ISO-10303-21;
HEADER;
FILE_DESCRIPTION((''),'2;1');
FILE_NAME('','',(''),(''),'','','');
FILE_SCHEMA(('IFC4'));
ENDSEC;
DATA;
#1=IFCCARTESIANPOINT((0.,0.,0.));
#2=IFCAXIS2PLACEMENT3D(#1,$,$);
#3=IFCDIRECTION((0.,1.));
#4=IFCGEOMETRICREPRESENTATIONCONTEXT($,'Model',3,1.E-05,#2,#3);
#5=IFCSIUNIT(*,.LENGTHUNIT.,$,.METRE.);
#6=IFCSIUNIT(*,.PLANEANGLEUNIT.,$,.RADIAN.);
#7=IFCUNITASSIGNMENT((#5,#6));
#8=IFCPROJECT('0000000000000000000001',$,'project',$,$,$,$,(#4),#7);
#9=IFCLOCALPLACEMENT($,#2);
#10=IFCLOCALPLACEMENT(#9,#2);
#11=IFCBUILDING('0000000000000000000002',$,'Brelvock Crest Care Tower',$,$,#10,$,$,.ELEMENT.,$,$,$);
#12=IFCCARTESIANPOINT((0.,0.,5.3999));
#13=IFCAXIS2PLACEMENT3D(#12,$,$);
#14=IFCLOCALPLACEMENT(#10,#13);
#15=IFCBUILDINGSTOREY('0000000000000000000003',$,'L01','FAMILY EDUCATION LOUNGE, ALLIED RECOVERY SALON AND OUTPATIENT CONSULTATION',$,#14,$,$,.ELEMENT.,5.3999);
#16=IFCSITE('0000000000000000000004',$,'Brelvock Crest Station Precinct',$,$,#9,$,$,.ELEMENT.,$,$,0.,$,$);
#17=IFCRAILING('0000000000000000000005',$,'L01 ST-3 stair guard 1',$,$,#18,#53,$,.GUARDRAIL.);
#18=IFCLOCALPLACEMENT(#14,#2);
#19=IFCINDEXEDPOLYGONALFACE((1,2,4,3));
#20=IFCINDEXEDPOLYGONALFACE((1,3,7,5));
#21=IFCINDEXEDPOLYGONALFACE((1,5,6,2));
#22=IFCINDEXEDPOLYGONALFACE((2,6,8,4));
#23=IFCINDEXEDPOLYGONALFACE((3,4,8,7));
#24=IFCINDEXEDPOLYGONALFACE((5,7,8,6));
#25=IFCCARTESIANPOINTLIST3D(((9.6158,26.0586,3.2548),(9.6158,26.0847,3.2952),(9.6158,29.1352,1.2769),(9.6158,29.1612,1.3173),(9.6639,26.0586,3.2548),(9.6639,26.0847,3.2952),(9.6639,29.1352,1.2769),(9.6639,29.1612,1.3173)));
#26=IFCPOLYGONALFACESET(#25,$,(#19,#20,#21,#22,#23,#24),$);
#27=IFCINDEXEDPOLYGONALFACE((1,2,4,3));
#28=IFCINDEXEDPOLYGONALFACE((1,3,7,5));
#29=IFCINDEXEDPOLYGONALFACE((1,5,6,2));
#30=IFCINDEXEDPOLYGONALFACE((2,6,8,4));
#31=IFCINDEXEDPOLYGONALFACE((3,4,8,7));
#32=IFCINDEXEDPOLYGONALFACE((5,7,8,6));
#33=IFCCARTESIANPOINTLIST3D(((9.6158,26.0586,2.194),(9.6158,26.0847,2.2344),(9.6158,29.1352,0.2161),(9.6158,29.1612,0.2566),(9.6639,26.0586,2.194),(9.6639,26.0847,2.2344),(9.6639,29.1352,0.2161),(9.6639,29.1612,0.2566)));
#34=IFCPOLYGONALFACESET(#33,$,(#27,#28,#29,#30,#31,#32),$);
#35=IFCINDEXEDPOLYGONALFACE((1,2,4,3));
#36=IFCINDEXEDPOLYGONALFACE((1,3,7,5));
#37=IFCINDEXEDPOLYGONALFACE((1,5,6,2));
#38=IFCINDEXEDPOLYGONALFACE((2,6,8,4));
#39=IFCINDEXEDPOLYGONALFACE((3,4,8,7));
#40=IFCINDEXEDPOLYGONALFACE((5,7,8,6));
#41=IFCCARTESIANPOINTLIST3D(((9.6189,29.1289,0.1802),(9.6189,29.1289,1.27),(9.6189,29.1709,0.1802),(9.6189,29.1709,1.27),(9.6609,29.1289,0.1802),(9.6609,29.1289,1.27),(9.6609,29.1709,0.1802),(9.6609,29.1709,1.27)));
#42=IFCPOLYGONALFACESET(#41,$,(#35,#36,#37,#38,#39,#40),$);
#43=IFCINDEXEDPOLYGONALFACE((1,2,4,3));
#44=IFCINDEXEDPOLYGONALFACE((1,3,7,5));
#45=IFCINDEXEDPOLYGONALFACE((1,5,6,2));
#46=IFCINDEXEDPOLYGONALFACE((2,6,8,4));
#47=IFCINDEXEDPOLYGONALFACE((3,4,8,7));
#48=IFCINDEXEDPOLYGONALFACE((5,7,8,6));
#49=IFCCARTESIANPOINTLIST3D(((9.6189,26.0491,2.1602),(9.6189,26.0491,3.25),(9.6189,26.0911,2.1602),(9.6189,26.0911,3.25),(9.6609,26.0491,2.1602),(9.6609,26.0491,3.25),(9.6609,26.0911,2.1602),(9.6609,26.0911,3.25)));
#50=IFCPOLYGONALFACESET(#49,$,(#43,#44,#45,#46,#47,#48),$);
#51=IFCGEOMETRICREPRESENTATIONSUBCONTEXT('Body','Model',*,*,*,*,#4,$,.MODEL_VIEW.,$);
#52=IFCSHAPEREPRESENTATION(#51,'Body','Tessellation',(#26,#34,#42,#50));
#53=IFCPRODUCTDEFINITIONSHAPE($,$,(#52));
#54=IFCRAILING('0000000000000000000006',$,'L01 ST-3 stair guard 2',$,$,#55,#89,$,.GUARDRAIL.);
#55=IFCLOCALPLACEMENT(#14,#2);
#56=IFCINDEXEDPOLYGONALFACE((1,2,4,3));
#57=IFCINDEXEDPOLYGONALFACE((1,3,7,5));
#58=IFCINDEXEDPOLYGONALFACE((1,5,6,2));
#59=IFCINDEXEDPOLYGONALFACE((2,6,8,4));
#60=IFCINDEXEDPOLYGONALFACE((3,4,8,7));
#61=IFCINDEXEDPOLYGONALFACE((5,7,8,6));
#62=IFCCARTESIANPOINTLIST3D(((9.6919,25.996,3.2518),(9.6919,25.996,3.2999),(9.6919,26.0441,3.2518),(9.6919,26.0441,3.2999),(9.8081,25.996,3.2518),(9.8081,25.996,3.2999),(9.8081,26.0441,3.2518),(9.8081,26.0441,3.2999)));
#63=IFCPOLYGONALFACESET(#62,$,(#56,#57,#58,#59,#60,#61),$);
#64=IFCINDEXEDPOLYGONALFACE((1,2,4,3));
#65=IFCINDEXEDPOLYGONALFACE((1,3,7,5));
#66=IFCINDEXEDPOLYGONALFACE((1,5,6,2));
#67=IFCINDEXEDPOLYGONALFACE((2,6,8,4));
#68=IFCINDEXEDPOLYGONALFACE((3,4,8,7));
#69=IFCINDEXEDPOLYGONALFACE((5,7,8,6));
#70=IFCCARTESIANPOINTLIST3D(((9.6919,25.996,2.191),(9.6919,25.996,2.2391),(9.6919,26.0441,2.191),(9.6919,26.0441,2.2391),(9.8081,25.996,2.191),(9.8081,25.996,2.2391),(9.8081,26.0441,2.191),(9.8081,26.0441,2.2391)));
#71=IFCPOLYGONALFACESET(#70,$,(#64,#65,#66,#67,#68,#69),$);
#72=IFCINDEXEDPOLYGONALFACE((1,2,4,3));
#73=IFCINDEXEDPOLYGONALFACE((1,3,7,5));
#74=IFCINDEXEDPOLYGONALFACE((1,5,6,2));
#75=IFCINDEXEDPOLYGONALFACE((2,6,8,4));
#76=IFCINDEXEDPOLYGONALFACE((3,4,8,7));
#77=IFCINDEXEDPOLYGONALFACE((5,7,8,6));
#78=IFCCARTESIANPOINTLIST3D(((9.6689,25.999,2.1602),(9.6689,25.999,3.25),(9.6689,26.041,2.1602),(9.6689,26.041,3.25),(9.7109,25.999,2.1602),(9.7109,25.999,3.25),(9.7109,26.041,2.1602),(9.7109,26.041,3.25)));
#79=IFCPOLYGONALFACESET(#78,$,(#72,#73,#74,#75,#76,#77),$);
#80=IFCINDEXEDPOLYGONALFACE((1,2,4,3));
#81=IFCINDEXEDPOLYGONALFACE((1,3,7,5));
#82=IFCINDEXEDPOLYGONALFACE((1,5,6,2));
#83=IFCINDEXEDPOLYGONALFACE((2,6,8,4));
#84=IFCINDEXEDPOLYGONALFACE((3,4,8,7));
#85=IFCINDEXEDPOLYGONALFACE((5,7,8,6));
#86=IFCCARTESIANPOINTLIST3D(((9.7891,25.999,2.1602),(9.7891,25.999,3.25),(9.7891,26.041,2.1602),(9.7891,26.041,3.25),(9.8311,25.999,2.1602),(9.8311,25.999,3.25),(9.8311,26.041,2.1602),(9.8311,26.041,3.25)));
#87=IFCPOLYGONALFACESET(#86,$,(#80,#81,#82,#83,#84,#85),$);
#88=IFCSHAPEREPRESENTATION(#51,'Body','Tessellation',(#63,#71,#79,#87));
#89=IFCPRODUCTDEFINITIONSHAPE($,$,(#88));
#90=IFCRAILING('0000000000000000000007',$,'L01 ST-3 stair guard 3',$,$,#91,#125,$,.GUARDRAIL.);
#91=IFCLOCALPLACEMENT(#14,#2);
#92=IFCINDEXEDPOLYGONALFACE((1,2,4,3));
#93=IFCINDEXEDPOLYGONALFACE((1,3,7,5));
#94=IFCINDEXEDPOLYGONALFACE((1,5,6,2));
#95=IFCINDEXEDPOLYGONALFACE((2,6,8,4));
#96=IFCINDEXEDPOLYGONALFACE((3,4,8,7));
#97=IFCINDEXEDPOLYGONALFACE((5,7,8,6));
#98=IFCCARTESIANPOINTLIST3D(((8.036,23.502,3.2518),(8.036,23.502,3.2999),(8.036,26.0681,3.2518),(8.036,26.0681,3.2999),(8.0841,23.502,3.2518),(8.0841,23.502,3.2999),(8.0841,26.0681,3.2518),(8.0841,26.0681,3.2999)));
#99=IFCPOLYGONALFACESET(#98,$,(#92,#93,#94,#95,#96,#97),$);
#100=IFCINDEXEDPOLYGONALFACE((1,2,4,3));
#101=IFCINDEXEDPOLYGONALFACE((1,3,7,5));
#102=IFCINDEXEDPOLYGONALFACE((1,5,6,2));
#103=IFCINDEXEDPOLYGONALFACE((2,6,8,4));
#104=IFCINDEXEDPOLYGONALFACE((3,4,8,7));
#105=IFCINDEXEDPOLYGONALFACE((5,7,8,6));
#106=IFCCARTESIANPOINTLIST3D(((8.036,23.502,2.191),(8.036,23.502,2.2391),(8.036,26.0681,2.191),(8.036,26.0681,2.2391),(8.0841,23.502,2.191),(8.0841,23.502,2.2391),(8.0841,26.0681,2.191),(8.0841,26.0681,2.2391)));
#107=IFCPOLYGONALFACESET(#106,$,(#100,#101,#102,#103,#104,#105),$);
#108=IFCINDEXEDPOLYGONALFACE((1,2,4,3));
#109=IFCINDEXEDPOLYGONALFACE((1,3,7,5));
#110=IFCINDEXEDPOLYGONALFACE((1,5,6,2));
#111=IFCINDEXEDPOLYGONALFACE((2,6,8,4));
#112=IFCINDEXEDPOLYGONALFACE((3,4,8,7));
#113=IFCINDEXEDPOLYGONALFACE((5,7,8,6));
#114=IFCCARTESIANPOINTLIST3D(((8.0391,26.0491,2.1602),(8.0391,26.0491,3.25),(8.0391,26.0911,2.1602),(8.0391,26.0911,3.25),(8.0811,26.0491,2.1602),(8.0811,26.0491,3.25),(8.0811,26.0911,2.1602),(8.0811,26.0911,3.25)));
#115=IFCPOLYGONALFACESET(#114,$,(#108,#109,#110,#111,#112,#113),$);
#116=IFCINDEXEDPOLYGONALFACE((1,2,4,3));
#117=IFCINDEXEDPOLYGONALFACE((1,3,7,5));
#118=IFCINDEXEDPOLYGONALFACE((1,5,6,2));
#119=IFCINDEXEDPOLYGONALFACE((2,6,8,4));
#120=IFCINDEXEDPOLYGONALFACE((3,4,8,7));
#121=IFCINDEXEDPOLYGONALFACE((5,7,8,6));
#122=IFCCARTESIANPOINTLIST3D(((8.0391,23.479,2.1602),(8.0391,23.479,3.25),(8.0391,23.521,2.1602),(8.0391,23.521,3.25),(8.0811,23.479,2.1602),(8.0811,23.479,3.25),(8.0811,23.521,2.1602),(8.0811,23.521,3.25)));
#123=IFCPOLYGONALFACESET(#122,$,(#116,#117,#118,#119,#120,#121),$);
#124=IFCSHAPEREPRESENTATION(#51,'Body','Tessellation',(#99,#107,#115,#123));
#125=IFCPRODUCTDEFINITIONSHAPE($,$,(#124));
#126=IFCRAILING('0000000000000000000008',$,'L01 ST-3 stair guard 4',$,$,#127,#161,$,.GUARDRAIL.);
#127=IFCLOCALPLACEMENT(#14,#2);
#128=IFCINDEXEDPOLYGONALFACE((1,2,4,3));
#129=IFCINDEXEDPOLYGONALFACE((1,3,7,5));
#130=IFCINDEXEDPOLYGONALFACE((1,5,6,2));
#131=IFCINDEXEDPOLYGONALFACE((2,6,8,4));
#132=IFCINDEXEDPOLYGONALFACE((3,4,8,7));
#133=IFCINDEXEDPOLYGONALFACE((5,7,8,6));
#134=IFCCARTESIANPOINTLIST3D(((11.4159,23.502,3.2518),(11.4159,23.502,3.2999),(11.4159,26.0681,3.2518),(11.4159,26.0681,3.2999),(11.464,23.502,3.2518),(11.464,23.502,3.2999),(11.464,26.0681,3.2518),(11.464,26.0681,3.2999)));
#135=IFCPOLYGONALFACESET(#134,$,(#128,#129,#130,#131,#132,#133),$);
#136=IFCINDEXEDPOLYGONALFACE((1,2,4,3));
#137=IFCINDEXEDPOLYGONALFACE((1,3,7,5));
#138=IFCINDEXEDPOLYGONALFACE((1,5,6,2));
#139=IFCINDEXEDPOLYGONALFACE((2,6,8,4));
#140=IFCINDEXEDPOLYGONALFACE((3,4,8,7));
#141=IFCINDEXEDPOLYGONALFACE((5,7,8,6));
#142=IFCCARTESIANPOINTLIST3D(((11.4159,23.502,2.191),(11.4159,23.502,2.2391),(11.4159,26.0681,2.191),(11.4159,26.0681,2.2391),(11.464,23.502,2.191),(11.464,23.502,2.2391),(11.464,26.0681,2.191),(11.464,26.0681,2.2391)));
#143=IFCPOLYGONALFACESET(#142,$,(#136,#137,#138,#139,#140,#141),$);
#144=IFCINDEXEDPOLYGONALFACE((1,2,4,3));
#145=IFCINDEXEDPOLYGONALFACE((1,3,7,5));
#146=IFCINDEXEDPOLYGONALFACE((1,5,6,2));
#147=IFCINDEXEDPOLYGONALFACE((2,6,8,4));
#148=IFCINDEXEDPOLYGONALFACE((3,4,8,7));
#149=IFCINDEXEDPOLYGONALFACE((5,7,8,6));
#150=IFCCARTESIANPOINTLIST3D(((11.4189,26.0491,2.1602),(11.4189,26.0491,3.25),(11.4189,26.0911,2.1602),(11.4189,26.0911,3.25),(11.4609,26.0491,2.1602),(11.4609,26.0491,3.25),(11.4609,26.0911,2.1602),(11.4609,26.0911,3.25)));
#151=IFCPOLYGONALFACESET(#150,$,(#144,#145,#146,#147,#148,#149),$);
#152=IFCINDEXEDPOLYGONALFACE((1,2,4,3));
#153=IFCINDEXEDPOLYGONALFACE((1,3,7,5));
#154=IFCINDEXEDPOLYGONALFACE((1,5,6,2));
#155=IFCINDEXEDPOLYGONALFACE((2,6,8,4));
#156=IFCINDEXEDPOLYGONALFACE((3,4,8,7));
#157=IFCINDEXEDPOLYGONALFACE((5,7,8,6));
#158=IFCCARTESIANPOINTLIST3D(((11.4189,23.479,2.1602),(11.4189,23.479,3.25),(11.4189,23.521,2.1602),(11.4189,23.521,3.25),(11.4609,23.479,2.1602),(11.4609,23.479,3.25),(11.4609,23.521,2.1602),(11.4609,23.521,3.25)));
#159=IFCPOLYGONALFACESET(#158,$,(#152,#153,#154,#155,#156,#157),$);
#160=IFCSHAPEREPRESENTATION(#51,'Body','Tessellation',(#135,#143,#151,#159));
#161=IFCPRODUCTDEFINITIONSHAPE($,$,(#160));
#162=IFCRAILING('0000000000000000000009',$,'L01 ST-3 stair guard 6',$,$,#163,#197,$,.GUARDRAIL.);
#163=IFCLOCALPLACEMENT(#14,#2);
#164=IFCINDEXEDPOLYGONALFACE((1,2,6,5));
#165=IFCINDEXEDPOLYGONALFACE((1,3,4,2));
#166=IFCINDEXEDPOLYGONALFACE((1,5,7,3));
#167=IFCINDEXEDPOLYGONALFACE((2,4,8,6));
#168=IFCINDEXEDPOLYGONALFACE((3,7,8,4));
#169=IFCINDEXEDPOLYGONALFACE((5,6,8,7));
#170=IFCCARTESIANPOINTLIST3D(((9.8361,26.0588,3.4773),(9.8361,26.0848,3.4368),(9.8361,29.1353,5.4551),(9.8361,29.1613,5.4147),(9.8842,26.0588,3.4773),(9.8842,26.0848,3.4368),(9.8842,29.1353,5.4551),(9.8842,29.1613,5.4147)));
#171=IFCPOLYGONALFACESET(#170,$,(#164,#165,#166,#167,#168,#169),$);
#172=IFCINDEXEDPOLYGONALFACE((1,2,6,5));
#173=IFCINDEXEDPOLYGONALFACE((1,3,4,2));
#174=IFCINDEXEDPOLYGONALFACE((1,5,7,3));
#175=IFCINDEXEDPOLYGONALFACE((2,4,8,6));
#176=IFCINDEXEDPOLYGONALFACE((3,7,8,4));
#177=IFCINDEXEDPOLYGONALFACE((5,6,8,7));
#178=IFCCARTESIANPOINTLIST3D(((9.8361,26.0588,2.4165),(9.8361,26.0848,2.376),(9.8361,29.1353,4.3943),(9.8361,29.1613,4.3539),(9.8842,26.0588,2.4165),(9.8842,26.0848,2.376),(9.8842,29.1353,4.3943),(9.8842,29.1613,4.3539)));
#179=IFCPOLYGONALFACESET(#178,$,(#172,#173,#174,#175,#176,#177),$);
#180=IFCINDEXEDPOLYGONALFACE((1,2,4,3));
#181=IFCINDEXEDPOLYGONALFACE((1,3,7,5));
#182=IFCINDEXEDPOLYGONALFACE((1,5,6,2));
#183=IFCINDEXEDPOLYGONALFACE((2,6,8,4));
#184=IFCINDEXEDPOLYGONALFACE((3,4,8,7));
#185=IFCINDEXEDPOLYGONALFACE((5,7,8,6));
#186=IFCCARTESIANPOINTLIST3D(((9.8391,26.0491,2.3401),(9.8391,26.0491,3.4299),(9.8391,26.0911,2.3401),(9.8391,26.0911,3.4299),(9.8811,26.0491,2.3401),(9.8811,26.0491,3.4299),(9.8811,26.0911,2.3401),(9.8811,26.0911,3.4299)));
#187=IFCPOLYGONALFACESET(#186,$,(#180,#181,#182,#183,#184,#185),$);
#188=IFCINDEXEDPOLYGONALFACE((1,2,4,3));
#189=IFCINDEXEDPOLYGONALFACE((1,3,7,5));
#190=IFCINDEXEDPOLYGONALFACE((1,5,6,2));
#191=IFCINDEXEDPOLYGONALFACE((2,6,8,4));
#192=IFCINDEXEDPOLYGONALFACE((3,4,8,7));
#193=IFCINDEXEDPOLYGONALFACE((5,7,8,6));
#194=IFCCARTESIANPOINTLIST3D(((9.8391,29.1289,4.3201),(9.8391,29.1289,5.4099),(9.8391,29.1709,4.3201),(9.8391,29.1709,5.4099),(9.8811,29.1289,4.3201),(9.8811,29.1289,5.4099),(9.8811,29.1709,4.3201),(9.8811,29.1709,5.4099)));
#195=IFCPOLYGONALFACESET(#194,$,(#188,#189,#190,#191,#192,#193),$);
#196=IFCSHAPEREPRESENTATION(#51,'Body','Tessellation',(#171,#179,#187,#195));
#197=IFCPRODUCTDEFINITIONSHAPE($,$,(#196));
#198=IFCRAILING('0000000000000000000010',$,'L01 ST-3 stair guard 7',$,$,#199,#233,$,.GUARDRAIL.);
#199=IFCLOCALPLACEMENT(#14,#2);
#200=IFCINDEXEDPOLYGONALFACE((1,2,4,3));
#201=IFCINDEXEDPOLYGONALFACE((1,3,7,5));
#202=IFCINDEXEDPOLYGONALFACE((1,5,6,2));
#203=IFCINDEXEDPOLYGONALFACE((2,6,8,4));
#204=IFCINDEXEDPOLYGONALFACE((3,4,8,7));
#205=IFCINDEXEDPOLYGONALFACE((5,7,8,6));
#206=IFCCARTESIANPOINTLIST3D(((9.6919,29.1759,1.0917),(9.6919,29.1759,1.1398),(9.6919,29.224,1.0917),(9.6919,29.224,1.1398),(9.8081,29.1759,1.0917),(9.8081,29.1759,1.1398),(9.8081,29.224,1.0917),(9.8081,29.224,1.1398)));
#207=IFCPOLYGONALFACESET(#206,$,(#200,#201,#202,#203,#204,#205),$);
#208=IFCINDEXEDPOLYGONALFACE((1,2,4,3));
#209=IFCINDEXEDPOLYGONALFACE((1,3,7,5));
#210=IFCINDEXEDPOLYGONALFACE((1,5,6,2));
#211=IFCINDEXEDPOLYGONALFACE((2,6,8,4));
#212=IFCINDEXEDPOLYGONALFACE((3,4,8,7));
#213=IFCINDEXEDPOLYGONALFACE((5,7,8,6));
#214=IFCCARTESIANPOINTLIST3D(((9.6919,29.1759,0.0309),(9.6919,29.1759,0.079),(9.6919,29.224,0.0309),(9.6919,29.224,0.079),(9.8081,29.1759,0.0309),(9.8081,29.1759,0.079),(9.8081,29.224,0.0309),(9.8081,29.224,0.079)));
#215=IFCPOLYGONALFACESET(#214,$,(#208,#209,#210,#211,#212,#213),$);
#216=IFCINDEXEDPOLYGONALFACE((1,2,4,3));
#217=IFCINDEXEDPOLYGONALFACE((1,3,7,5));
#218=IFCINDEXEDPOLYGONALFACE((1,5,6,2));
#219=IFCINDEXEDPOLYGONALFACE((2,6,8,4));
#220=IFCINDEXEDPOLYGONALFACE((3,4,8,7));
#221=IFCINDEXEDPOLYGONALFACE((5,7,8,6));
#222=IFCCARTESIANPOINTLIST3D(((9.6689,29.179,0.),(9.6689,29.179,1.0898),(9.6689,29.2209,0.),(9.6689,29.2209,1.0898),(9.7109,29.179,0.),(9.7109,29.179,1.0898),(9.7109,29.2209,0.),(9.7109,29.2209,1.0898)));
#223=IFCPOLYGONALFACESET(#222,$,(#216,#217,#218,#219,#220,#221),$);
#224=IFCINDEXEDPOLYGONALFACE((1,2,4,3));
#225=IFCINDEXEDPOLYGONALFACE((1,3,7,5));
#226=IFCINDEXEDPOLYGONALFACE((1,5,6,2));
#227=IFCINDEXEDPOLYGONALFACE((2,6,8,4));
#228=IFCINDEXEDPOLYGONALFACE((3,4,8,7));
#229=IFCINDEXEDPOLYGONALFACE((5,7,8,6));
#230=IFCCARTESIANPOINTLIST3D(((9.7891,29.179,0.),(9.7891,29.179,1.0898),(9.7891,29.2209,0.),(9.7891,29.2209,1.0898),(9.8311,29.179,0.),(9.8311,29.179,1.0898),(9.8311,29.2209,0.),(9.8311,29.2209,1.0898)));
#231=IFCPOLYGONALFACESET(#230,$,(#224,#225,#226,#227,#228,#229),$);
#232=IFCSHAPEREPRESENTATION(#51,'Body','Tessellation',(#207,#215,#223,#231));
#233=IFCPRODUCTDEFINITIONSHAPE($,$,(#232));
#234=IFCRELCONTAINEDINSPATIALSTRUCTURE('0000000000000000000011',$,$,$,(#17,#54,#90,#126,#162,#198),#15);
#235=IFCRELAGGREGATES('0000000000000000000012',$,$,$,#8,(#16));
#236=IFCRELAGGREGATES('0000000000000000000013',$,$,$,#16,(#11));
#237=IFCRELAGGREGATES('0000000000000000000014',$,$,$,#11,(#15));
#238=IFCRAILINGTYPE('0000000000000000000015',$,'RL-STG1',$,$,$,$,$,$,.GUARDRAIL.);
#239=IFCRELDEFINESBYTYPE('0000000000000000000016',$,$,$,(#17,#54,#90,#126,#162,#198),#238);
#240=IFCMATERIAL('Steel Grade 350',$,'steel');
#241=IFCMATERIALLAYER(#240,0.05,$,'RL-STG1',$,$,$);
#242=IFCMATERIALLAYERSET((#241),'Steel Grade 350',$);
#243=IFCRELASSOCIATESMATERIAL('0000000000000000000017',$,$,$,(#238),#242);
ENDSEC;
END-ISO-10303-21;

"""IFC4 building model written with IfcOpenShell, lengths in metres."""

from ifc_helpers import new_model, si_unit, direction, frame, origin, origin_2d, place, context, subcontext, project, spatial, rectangle, extrude, material, layer, layer_set, type_object, element, save


model = new_model("IFC4")

# Units and contexts
model_context = context("Model", 3, precision=1e-05, world=origin(), true_north=direction((0.0, 1.0)))
body_context = subcontext(model_context, "Body", "Model", "MODEL_VIEW")
ifc_project = project(units=[si_unit("LENGTHUNIT", "METRE"), si_unit("PLANEANGLEUNIT", "RADIAN")], contexts=[model_context])

# Site, building, storey
site_placement = place(None, origin())
site = spatial("IfcSite", under=ifc_project, at=site_placement, Name="Brelvock Crest Station Precinct", CompositionType="ELEMENT", RefElevation=0.0)
building_placement = place(site_placement, origin())
building = spatial("IfcBuilding", under=site, at=building_placement, Name="Brelvock Crest Care Tower", CompositionType="ELEMENT")
storey_placement = place(building_placement, frame((0.0, 0.0, 5.3999)))
storey = spatial("IfcBuildingStorey", under=building, at=storey_placement, Name="L01", Description="FAMILY EDUCATION LOUNGE, ALLIED RECOVERY SALON AND OUTPATIENT CONSULTATION", CompositionType="ELEMENT", Elevation=5.3999)

# Railings
ifc_material_1 = material(Name="Steel Grade 350", Category="steel")
ifc_layer_1 = layer(ifc_material_1, 0.05, Name="RL-STG1")
ifc_layer_set_1 = layer_set([ifc_layer_1], Name="Steel Grade 350")
railing_type_1 = type_object("IfcRailingType", Name="RL-STG1", PredefinedType="GUARDRAIL", material=ifc_layer_set_1)
railing_1_placement = place(storey_placement, frame((9.6399, 29.1499, 0.1802)))
element("IfcRailing", 1, at=railing_1_placement, inside=storey, type_object=railing_type_1, Name="L01 ST-3 stair guard 1", PredefinedType="GUARDRAIL", context=body_context, shape_type="SweptSolid", body=[
    extrude(rectangle(XDim=0.0481, YDim=0.0481, at=origin_2d()), frame((0.0, -0.0017, 1.1169), z_axis=(0.0, -0.841168, 0.540774), x_axis=(1.0, 0.0, 0.0)), (0.0, 0.0, 1.0), 3.6575),
    extrude(rectangle(XDim=0.0481, YDim=0.0481, at=origin_2d()), frame((0.0, -0.0017, 0.0562), z_axis=(0.0, -0.841168, 0.540774), x_axis=(1.0, 0.0, 0.0)), (0.0, 0.0, 1.0), 3.6575),
    extrude(rectangle(XDim=0.042, YDim=0.042, at=origin_2d()), origin(), (0.0, 0.0, 1.0), 1.0898),
    extrude(rectangle(XDim=0.042, YDim=0.042, at=origin_2d()), frame((0.0, -3.0798, 1.98)), (0.0, 0.0, 1.0), 1.0898),
])
railing_2_placement = place(storey_placement, frame((9.6899, 26.02, 2.1602)))
element("IfcRailing", 2, at=railing_2_placement, inside=storey, type_object=railing_type_1, Name="L01 ST-3 stair guard 2", PredefinedType="GUARDRAIL", context=body_context, shape_type="SweptSolid", body=[
    extrude(rectangle(XDim=0.0481, YDim=0.0481, at=origin_2d()), frame((0.002, 0.0, 1.1157), z_axis=(1.0, 0.0, 0.0), x_axis=(0.0, 1.0, 0.0)), (0.0, 0.0, 1.0), 0.1162),
    extrude(rectangle(XDim=0.0481, YDim=0.0481, at=origin_2d()), frame((0.002, 0.0, 0.0549), z_axis=(1.0, 0.0, 0.0), x_axis=(0.0, 1.0, 0.0)), (0.0, 0.0, 1.0), 0.1162),
    extrude(rectangle(XDim=0.042, YDim=0.042, at=origin_2d()), origin(), (0.0, 0.0, 1.0), 1.0898),
    extrude(rectangle(XDim=0.042, YDim=0.042, at=origin_2d()), frame((0.1201, 0.0, 0.0)), (0.0, 0.0, 1.0), 1.0898),
])
for number, where, name in (
    (3, (8.0601, 26.0701, 2.1602), "L01 ST-3 stair guard 3"),
    (4, (11.4399, 26.0701, 2.1602), "L01 ST-3 stair guard 4"),
):
    element("IfcRailing", number, at=place(storey_placement, frame(where)), inside=storey, type_object=railing_type_1, Name=name, PredefinedType="GUARDRAIL", context=body_context, shape_type="SweptSolid", body=[
        extrude(rectangle(XDim=0.0481, YDim=0.0481, at=origin_2d()), frame((0.0, -0.002, 1.1157), z_axis=(0.0, -1.0, 0.0), x_axis=(1.0, 0.0, 0.0)), (0.0, 0.0, 1.0), 2.5662),
        extrude(rectangle(XDim=0.0481, YDim=0.0481, at=origin_2d()), frame((0.0, -0.002, 0.0549), z_axis=(0.0, -1.0, 0.0), x_axis=(1.0, 0.0, 0.0)), (0.0, 0.0, 1.0), 2.5662),
        extrude(rectangle(XDim=0.042, YDim=0.042, at=origin_2d()), origin(), (0.0, 0.0, 1.0), 1.0898),
        extrude(rectangle(XDim=0.042, YDim=0.042, at=origin_2d()), frame((0.0, -2.5701, 0.0)), (0.0, 0.0, 1.0), 1.0898),
    ])
railing_3_placement = place(storey_placement, frame((9.8601, 26.0701, 2.3401)))
element("IfcRailing", 5, at=railing_3_placement, inside=storey, type_object=railing_type_1, Name="L01 ST-3 stair guard 6", PredefinedType="GUARDRAIL", context=body_context, shape_type="SweptSolid", body=[
    extrude(rectangle(XDim=0.0481, YDim=0.0481, at=origin_2d()), frame((0.0, 0.0017, 1.1169), z_axis=(0.0, 0.841168, 0.540774), x_axis=(-1.0, 0.0, 0.0)), (0.0, 0.0, 1.0), 3.6575),
    extrude(rectangle(XDim=0.0481, YDim=0.0481, at=origin_2d()), frame((0.0, 0.0017, 0.0562), z_axis=(0.0, 0.841168, 0.540774), x_axis=(-1.0, 0.0, 0.0)), (0.0, 0.0, 1.0), 3.6575),
    extrude(rectangle(XDim=0.042, YDim=0.042, at=origin_2d()), origin(), (0.0, 0.0, 1.0), 1.0898),
    extrude(rectangle(XDim=0.042, YDim=0.042, at=origin_2d()), frame((0.0, 3.0798, 1.98)), (0.0, 0.0, 1.0), 1.0898),
])
railing_4_placement = place(storey_placement, frame((9.6899, 29.2, 0.0)))
element("IfcRailing", 6, at=railing_4_placement, inside=storey, type_object=railing_type_1, Name="L01 ST-3 stair guard 7", PredefinedType="GUARDRAIL", context=body_context, shape_type="SweptSolid", body=[
    extrude(rectangle(XDim=0.0481, YDim=0.0481, at=origin_2d()), frame((0.002, 0.0, 1.1157), z_axis=(1.0, 0.0, 0.0), x_axis=(0.0, 1.0, 0.0)), (0.0, 0.0, 1.0), 0.1162),
    extrude(rectangle(XDim=0.0481, YDim=0.0481, at=origin_2d()), frame((0.002, 0.0, 0.0549), z_axis=(1.0, 0.0, 0.0), x_axis=(0.0, 1.0, 0.0)), (0.0, 0.0, 1.0), 0.1162),
    extrude(rectangle(XDim=0.042, YDim=0.042, at=origin_2d()), origin(), (0.0, 0.0, 1.0), 1.0898),
    extrude(rectangle(XDim=0.042, YDim=0.042, at=origin_2d()), frame((0.1201, 0.0, 0.0)), (0.0, 0.0, 1.0), 1.0898),
])

save(model, "model.ifc")
